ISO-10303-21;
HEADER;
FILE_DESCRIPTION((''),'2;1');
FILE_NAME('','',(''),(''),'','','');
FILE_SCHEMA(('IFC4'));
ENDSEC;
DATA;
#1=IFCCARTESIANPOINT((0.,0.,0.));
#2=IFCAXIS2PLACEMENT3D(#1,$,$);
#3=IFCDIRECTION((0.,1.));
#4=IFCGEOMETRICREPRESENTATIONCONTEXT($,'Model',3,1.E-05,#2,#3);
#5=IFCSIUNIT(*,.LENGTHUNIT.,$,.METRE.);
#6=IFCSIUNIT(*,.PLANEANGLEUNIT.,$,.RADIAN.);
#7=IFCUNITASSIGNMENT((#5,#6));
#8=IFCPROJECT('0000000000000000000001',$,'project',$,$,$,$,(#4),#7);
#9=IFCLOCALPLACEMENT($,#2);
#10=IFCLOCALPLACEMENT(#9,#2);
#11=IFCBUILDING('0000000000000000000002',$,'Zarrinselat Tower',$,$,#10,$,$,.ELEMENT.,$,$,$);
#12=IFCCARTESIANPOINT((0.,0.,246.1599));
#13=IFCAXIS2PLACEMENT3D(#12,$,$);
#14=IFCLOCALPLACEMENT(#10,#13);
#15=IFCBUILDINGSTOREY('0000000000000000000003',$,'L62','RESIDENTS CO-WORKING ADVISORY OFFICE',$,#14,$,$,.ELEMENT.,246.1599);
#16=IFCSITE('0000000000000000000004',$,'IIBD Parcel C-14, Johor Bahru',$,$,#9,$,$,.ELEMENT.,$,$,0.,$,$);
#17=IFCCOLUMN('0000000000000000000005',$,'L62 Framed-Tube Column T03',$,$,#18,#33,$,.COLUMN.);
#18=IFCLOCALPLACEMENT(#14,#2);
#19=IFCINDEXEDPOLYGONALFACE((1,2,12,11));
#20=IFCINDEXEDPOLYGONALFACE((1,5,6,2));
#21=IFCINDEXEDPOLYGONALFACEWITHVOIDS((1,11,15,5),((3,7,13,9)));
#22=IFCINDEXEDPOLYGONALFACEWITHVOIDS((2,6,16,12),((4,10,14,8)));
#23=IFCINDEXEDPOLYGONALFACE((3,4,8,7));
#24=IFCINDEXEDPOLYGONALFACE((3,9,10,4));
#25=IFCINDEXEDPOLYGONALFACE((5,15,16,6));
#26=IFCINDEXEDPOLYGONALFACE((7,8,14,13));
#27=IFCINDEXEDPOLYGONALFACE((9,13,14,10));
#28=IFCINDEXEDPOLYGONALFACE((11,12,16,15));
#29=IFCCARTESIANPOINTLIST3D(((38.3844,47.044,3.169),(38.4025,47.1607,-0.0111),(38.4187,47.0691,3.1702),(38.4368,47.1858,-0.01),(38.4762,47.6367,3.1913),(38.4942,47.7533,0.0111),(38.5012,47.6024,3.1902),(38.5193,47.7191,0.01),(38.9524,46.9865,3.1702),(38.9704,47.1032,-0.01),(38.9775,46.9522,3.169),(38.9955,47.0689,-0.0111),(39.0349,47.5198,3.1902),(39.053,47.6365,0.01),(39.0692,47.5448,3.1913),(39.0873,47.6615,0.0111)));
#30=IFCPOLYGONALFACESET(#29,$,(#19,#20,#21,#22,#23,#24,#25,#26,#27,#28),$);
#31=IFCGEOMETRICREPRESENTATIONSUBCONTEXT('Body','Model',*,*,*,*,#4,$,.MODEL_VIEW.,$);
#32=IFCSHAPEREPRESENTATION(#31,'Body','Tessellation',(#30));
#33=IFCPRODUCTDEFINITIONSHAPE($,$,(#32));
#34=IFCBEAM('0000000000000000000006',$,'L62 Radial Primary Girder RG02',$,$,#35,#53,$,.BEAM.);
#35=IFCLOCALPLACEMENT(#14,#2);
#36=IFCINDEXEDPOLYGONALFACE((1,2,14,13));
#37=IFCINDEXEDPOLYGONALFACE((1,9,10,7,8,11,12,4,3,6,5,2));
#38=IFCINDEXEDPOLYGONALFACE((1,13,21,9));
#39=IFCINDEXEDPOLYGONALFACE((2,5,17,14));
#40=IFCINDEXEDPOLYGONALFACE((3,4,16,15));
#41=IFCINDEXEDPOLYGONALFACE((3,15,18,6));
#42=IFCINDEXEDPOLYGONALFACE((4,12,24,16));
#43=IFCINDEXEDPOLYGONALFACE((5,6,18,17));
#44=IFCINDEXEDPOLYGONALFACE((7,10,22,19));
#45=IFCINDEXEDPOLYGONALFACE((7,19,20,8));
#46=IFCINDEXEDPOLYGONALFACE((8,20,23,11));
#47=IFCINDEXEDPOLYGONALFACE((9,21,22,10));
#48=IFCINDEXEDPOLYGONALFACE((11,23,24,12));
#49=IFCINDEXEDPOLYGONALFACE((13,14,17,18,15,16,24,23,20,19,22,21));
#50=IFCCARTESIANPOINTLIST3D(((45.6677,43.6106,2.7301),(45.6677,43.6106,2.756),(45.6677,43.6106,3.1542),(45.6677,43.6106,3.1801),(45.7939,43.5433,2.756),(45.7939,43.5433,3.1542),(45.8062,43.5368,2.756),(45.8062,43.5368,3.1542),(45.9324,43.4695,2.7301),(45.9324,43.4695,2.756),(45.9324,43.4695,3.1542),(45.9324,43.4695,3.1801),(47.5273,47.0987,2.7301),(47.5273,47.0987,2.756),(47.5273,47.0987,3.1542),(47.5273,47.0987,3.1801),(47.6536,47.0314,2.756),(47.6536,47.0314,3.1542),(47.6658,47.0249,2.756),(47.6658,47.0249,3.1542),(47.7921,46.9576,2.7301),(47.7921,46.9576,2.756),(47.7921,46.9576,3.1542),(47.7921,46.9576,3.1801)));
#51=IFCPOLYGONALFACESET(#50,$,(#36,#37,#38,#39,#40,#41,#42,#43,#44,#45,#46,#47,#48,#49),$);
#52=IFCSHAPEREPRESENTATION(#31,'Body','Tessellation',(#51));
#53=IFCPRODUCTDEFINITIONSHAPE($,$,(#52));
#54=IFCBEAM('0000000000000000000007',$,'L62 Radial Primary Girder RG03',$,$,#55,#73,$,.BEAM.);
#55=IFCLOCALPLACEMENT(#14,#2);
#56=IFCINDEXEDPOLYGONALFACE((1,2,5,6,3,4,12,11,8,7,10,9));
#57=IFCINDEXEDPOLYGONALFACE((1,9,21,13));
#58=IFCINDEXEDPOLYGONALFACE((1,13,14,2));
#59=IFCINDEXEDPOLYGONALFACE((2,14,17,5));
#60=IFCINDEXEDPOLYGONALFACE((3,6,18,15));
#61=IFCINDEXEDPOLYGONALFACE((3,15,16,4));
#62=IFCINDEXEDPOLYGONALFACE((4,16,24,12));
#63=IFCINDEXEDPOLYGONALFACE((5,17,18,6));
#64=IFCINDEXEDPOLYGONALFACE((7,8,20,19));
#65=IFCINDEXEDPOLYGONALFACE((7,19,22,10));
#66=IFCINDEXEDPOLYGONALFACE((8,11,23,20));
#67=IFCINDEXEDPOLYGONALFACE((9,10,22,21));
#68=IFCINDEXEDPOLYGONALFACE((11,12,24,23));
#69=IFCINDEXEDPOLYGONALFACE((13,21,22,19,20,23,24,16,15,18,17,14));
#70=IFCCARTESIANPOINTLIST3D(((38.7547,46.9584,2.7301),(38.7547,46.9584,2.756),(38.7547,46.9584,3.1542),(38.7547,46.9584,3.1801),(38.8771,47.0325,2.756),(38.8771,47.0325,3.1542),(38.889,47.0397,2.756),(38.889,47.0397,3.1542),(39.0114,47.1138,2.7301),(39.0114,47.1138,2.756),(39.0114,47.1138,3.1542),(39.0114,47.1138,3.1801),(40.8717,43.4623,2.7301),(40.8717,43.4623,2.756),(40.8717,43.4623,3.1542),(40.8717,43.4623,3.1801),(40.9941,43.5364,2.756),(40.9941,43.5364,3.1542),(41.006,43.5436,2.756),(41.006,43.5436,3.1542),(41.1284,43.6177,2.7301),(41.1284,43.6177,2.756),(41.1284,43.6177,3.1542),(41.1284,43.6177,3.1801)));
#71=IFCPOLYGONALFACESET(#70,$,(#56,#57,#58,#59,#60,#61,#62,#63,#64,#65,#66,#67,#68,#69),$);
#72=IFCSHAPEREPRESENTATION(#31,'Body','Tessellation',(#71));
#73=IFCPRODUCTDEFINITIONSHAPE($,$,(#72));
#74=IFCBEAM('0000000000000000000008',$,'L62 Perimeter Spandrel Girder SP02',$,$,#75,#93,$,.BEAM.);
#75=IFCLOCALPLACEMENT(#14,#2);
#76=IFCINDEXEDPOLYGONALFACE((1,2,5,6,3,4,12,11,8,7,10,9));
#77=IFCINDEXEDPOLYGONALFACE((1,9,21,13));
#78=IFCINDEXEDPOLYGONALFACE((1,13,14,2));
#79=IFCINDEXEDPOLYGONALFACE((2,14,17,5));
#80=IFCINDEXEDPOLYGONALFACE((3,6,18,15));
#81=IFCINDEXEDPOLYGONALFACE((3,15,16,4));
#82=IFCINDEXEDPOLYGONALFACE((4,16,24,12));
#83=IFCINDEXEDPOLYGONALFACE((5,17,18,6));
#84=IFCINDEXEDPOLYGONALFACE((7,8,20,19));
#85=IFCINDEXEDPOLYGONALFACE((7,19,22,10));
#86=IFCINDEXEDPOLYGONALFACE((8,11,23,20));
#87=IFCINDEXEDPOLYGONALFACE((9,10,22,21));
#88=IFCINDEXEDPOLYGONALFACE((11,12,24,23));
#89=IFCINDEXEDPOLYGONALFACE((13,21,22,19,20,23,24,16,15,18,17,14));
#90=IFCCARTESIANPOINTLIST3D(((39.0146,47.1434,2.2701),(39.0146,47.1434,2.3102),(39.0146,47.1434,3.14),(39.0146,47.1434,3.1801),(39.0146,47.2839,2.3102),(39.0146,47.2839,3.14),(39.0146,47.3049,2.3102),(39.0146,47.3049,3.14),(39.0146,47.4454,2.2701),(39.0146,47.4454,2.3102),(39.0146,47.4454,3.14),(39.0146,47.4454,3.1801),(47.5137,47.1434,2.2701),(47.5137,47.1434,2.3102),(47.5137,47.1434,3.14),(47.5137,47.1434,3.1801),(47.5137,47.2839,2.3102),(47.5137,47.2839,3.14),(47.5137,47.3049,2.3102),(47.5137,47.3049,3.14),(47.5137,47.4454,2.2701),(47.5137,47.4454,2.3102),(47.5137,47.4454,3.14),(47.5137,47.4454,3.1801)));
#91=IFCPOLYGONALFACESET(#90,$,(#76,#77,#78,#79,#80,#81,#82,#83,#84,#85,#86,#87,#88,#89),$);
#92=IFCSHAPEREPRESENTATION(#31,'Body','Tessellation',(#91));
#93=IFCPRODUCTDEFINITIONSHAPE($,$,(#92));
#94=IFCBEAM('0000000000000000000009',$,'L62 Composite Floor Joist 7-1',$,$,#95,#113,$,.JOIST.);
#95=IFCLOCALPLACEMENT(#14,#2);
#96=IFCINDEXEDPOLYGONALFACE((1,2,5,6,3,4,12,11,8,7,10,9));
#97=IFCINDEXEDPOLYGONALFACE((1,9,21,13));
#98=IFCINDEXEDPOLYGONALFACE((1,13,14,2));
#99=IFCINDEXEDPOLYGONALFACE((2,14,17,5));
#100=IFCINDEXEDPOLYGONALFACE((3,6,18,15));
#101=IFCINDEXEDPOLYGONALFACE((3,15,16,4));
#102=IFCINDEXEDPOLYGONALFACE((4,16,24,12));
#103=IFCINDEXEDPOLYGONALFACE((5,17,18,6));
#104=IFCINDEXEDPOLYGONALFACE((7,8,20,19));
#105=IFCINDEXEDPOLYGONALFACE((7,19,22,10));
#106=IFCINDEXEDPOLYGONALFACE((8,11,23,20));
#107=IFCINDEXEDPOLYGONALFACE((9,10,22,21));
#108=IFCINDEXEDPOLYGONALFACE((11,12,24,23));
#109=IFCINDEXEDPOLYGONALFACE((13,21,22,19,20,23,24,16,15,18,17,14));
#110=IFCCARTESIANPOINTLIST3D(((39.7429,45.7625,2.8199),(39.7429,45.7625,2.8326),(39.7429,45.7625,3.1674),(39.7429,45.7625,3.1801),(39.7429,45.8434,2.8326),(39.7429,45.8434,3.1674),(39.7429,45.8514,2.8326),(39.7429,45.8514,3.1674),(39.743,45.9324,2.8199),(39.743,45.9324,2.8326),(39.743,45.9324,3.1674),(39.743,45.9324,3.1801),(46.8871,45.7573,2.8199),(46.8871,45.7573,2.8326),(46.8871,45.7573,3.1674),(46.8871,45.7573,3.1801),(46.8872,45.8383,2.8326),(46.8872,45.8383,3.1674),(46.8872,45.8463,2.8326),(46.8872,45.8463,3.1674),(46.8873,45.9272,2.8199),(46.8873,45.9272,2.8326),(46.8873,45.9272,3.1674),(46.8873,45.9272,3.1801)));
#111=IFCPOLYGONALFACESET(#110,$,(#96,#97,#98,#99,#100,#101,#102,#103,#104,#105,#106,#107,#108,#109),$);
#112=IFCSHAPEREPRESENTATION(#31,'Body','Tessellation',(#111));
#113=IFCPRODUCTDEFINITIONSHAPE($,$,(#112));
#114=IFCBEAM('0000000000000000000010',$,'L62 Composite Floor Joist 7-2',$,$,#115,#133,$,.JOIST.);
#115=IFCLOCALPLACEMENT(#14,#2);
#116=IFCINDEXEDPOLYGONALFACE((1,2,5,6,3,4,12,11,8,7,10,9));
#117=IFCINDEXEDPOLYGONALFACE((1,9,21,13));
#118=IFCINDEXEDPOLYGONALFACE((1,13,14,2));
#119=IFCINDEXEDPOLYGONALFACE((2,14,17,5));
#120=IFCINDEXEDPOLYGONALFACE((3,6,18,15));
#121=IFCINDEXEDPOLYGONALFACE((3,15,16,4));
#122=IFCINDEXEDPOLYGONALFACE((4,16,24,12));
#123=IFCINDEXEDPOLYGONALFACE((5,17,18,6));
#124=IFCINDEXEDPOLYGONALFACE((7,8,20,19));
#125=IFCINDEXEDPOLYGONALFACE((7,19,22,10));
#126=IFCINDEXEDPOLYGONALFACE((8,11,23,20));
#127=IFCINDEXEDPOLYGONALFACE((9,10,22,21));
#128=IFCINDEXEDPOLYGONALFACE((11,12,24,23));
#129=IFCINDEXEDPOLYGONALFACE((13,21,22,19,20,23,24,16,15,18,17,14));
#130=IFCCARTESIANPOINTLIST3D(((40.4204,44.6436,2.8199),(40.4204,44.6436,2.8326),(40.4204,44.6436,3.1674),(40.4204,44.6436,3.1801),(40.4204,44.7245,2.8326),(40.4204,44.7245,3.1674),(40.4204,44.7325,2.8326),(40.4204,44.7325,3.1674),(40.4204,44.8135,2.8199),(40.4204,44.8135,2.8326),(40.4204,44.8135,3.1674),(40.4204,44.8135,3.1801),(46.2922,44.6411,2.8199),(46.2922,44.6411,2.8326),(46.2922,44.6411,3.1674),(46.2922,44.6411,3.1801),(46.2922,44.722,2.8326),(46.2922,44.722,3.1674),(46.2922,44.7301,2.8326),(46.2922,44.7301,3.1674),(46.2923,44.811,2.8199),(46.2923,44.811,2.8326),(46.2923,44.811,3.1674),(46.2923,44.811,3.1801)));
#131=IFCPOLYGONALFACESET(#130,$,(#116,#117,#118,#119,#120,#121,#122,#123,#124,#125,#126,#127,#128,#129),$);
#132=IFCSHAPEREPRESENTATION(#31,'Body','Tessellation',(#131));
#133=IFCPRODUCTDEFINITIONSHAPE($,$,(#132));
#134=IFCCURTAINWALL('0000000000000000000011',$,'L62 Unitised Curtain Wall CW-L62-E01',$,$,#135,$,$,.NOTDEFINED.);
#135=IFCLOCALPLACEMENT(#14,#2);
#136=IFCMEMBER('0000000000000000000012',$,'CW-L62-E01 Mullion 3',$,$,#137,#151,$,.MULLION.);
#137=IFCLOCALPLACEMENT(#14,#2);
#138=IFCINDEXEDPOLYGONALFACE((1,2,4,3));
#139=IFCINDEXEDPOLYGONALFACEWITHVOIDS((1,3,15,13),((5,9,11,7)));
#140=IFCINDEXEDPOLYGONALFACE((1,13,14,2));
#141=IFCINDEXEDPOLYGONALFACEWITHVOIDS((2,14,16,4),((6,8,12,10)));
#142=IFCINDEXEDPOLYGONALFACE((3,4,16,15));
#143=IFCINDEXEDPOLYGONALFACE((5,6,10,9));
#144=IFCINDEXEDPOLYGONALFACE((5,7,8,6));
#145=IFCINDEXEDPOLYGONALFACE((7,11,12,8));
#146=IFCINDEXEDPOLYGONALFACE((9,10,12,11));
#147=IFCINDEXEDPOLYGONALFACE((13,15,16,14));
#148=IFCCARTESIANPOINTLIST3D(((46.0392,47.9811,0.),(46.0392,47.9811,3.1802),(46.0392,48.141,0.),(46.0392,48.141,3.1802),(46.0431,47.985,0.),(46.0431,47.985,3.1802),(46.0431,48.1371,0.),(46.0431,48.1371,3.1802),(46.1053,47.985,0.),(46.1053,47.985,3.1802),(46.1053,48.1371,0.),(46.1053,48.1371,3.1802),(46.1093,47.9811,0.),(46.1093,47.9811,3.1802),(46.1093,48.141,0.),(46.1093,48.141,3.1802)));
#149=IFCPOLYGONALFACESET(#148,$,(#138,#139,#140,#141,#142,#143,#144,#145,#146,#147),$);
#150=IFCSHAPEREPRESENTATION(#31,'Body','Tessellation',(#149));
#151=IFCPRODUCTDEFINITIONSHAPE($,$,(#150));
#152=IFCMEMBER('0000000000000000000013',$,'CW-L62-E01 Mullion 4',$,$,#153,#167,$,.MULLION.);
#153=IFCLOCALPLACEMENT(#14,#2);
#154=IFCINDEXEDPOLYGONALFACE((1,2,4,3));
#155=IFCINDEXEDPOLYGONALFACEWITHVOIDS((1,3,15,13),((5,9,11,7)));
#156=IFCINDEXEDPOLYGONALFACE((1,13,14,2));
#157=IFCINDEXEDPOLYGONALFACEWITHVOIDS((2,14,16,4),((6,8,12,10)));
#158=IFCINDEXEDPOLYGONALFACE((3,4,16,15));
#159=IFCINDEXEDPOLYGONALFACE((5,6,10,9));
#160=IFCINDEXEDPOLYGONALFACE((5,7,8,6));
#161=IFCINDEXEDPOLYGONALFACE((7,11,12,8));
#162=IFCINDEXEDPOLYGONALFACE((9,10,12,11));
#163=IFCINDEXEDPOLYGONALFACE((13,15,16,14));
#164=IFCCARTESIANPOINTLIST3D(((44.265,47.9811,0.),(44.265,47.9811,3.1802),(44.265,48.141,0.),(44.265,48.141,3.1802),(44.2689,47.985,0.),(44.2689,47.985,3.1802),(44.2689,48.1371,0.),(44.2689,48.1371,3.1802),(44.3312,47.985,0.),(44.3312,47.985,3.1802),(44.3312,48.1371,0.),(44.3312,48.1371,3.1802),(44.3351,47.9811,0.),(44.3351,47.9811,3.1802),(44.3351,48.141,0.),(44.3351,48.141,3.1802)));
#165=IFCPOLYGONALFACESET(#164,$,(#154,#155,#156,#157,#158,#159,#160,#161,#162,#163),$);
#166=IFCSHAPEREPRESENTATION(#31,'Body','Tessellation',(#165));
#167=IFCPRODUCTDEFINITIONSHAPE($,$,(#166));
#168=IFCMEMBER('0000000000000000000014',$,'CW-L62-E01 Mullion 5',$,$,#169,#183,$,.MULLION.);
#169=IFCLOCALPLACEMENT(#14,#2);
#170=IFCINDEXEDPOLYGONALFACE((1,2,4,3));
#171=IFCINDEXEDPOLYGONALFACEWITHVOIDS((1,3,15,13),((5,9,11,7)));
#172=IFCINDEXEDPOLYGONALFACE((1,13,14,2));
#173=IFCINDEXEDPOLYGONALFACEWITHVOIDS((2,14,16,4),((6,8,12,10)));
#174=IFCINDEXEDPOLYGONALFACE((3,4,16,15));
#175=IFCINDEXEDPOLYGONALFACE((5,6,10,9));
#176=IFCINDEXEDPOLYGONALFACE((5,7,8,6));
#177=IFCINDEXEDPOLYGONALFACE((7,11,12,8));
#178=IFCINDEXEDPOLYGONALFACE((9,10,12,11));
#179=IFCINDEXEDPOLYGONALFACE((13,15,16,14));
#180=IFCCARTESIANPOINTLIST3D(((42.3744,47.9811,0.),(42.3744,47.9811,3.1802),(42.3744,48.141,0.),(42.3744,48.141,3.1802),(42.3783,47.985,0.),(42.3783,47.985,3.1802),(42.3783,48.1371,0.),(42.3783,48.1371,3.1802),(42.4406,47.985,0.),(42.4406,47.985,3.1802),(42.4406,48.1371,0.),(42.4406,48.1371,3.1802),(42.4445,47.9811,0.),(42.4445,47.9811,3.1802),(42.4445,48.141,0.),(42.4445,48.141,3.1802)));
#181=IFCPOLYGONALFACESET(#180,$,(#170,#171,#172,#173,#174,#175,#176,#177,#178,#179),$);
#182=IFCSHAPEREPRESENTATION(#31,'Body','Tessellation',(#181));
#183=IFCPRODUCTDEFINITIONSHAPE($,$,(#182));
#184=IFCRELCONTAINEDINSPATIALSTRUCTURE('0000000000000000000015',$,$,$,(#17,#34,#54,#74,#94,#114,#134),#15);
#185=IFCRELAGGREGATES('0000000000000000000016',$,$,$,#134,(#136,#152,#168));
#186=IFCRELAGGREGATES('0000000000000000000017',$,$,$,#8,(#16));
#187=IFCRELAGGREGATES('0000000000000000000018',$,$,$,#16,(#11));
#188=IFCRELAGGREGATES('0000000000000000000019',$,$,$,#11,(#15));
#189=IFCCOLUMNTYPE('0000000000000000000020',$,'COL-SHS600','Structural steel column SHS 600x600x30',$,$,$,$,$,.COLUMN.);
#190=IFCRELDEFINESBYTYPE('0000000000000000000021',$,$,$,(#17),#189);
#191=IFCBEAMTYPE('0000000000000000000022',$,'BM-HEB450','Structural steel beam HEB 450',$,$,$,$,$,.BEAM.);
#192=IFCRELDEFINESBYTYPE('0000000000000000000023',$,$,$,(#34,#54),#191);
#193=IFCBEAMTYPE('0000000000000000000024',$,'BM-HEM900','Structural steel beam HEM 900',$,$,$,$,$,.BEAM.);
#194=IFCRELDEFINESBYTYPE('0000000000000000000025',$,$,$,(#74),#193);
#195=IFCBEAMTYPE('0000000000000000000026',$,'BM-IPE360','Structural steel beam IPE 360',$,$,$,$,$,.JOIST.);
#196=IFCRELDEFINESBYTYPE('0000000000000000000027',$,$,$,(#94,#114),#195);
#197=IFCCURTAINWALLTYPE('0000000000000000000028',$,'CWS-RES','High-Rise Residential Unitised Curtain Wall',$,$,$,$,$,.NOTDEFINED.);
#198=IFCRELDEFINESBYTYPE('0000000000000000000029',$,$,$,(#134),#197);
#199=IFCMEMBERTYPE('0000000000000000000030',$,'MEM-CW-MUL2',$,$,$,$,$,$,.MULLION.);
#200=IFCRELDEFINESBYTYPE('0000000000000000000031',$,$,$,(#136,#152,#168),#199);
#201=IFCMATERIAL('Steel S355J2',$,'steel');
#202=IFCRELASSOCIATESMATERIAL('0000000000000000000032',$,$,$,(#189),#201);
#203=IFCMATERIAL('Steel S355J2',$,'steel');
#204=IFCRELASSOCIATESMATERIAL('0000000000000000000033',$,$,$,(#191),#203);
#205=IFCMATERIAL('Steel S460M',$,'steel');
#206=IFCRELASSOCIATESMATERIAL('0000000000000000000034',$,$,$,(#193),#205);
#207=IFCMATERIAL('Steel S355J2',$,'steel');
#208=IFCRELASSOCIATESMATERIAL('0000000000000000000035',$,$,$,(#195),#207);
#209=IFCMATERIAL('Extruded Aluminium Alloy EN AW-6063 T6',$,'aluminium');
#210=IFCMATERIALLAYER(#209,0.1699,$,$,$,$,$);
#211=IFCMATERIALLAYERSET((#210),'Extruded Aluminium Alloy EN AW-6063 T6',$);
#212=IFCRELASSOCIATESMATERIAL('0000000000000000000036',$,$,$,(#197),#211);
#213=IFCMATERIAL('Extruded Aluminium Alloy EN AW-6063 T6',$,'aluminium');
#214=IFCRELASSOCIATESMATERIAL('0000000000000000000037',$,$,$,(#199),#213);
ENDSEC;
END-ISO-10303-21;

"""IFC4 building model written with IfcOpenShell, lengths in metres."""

from ifc_helpers import new_model, si_unit, direction, frame, origin, origin_2d, place, context, subcontext, project, spatial, hollow_rectangle, i_section, extrude, material, layer, layer_set, material_profile, profile_set, type_object, element, aggregate, save


model = new_model("IFC4")

# Units and contexts
model_context = context("Model", 3, precision=1e-05, world=origin(), true_north=direction((0.0, 1.0)))
body_context = subcontext(model_context, "Body", "Model", "MODEL_VIEW")
ifc_project = project(units=[si_unit("LENGTHUNIT", "METRE"), si_unit("PLANEANGLEUNIT", "RADIAN")], contexts=[model_context])

# Site, building, storey
site_placement = place(None, origin())
site = spatial("IfcSite", under=ifc_project, at=site_placement, Name="IIBD Parcel C-14, Johor Bahru", CompositionType="ELEMENT", RefElevation=0.0)
building_placement = place(site_placement, origin())
building = spatial("IfcBuilding", under=site, at=building_placement, Name="Zarrinselat Tower", CompositionType="ELEMENT")
storey_placement = place(building_placement, frame((0.0, 0.0, 246.1599)))
storey = spatial("IfcBuildingStorey", under=building, at=storey_placement, Name="L62", Description="RESIDENTS CO-WORKING ADVISORY OFFICE", CompositionType="ELEMENT", Elevation=246.1599)

# Column
ifc_material_1 = material(Name="Steel S355J2", Category="steel")
ifc_material_profile_1 = material_profile(ifc_material_1, hollow_rectangle(XDim=0.6001, YDim=0.6001, WallThickness=0.03, at=origin_2d()), Name="SHS 600x600x30")
ifc_profile_set_1 = profile_set([ifc_material_profile_1], Name="Steel S355J2")
column_type = type_object("IfcColumnType", Name="COL-SHS600", Description="Structural steel column SHS 600x600x30", PredefinedType="COLUMN", material=ifc_profile_set_1)
column_placement = place(storey_placement, frame((38.7449, 47.4111, 0.0), z_axis=(-0.005677, -0.036671, 0.999311), x_axis=(0.988228, -0.152989, 0.0)))
element("IfcColumn", 1, at=column_placement, inside=storey, type_object=column_type, Name="L62 Framed-Tube Column T03", PredefinedType="COLUMN", context=body_context, shape_type="SweptSolid", body=[
    extrude(hollow_rectangle(XDim=0.6001, YDim=0.6001, WallThickness=0.03, at=origin_2d()), origin(), (0.0, 0.0, 1.0), 3.1824),
])

# Beams
ifc_material_2 = material(Name="Steel S355J2", Category="steel")
ifc_material_profile_2 = material_profile(ifc_material_2, i_section(OverallWidth=0.3, OverallDepth=0.45, WebThickness=0.0139, FlangeThickness=0.0259, at=origin_2d()), Name="HEB 450")
ifc_profile_set_2 = profile_set([ifc_material_profile_2], Name="Steel S355J2")
beam_type_1 = type_object("IfcBeamType", Name="BM-HEB450", Description="Structural steel beam HEB 450", PredefinedType="BEAM", material=ifc_profile_set_2)
beam_1_placement = place(storey_placement, frame((45.8, 43.54, 2.9551), z_axis=(0.470457, 0.882423, 0.0), x_axis=(-0.882423, 0.470457, 0.0)))
element("IfcBeam", 2, at=beam_1_placement, inside=storey, type_object=beam_type_1, Name="L62 Radial Primary Girder RG02", PredefinedType="BEAM", context=body_context, shape_type="SweptSolid", body=[
    extrude(i_section(OverallWidth=0.3, OverallDepth=0.45, WebThickness=0.0139, FlangeThickness=0.0259, at=origin_2d()), origin(), (0.0, 0.0, 1.0), 3.9529),
])
beam_2_placement = place(storey_placement, frame((38.8831, 47.0361, 2.9551), z_axis=(0.517961, -0.855404, 0.0), x_axis=(0.855404, 0.517961, 0.0)))
element("IfcBeam", 3, at=beam_2_placement, inside=storey, type_object=beam_type_1, Name="L62 Radial Primary Girder RG03", PredefinedType="BEAM", context=body_context, shape_type="SweptSolid", body=[
    extrude(i_section(OverallWidth=0.3, OverallDepth=0.45, WebThickness=0.0139, FlangeThickness=0.0259, at=origin_2d()), origin(), (0.0, 0.0, 1.0), 4.0872),
])
ifc_material_3 = material(Name="Steel S460M", Category="steel")
ifc_material_profile_3 = material_profile(ifc_material_3, i_section(OverallWidth=0.302, OverallDepth=0.9099, WebThickness=0.021, FlangeThickness=0.04, at=origin_2d()), Name="HEM 900")
ifc_profile_set_3 = profile_set([ifc_material_profile_3], Name="Steel S460M")
beam_type_2 = type_object("IfcBeamType", Name="BM-HEM900", Description="Structural steel beam HEM 900", PredefinedType="BEAM", material=ifc_profile_set_3)
beam_3_placement = place(storey_placement, frame((39.0146, 47.2944, 2.7251), z_axis=(1.0, 0.0, 0.0), x_axis=(0.0, 1.0, 0.0)))
element("IfcBeam", 4, at=beam_3_placement, inside=storey, type_object=beam_type_2, Name="L62 Perimeter Spandrel Girder SP02", PredefinedType="BEAM", context=body_context, shape_type="SweptSolid", body=[
    extrude(i_section(OverallWidth=0.302, OverallDepth=0.9099, WebThickness=0.021, FlangeThickness=0.04, at=origin_2d()), origin(), (0.0, 0.0, 1.0), 8.499),
])
ifc_material_4 = material(Name="Steel S355J2", Category="steel")
ifc_material_profile_4 = material_profile(ifc_material_4, i_section(OverallWidth=0.1699, OverallDepth=0.3601, WebThickness=0.0081, FlangeThickness=0.0127, at=origin_2d()), Name="IPE 360")
ifc_profile_set_4 = profile_set([ifc_material_profile_4], Name="Steel S355J2")
beam_type_3 = type_object("IfcBeamType", Name="BM-IPE360", Description="Structural steel beam IPE 360", PredefinedType="JOIST", material=ifc_profile_set_4)
beam_4_placement = place(storey_placement, frame((39.7429, 45.8474, 3.0), z_axis=(1.0, -0.000718, 0.0), x_axis=(0.000718, 1.0, 0.0)))
element("IfcBeam", 5, at=beam_4_placement, inside=storey, type_object=beam_type_3, Name="L62 Composite Floor Joist 7-1", PredefinedType="JOIST", context=body_context, shape_type="SweptSolid", body=[
    extrude(i_section(OverallWidth=0.1699, OverallDepth=0.3601, WebThickness=0.0081, FlangeThickness=0.0127, at=origin_2d()), origin(), (0.0, 0.0, 1.0), 7.1443),
])
beam_5_placement = place(storey_placement, frame((40.4204, 44.7285, 3.0), z_axis=(1.0, -0.000416, 0.0), x_axis=(0.000416, 1.0, 0.0)))
element("IfcBeam", 6, at=beam_5_placement, inside=storey, type_object=beam_type_3, Name="L62 Composite Floor Joist 7-2", PredefinedType="JOIST", context=body_context, shape_type="SweptSolid", body=[
    extrude(i_section(OverallWidth=0.1699, OverallDepth=0.3601, WebThickness=0.0081, FlangeThickness=0.0127, at=origin_2d()), origin(), (0.0, 0.0, 1.0), 5.8718),
])

# Curtain wall, members
ifc_material_5 = material(Name="Extruded Aluminium Alloy EN AW-6063 T6", Category="aluminium")
ifc_layer_1 = layer(ifc_material_5, 0.1699)
ifc_layer_set_1 = layer_set([ifc_layer_1], Name="Extruded Aluminium Alloy EN AW-6063 T6")
curtain_wall_type = type_object("IfcCurtainWallType", Name="CWS-RES", Description="High-Rise Residential Unitised Curtain Wall", PredefinedType="NOTDEFINED", material=ifc_layer_set_1)
curtain_wall_placement = place(storey_placement, origin())
curtain_wall = element("IfcCurtainWall", 7, at=curtain_wall_placement, inside=storey, type_object=curtain_wall_type, Name="L62 Unitised Curtain Wall CW-L62-E01", PredefinedType="NOTDEFINED")
ifc_material_6 = material(Name="Extruded Aluminium Alloy EN AW-6063 T6", Category="aluminium")
ifc_material_profile_5 = material_profile(ifc_material_6, hollow_rectangle(XDim=0.0701, YDim=0.1599, WallThickness=0.0039, at=origin_2d()), Name="RHS 160x70x4")
ifc_profile_set_5 = profile_set([ifc_material_profile_5], Name="Extruded Aluminium Alloy EN AW-6063 T6")
member_type_1 = type_object("IfcMemberType", Name="MEM-CW-MUL2", PredefinedType="MULLION", material=ifc_profile_set_5)
member_1_placement = place(storey_placement, frame((46.0742, 48.061, 0.0), z_axis=(0.0, 0.0, 1.0), x_axis=(-1.0, 0.0, 0.0)))
member_1 = element("IfcMember", 8, at=member_1_placement, type_object=member_type_1, Name="CW-L62-E01 Mullion 3", PredefinedType="MULLION", context=body_context, shape_type="SweptSolid", body=[
    extrude(hollow_rectangle(XDim=0.0701, YDim=0.1599, WallThickness=0.0039, at=origin_2d()), origin(), (0.0, 0.0, 1.0), 3.1802),
])
member_2_placement = place(storey_placement, frame((44.3, 48.061, 0.0), z_axis=(0.0, 0.0, 1.0), x_axis=(-1.0, 0.0, 0.0)))
member_2 = element("IfcMember", 9, at=member_2_placement, type_object=member_type_1, Name="CW-L62-E01 Mullion 4", PredefinedType="MULLION", context=body_context, shape_type="SweptSolid", body=[
    extrude(hollow_rectangle(XDim=0.0701, YDim=0.1599, WallThickness=0.0039, at=origin_2d()), origin(), (0.0, 0.0, 1.0), 3.1802),
])
member_3_placement = place(storey_placement, frame((42.4094, 48.061, 0.0), z_axis=(0.0, 0.0, 1.0), x_axis=(-1.0, 0.0, 0.0)))
member_3 = element("IfcMember", 10, at=member_3_placement, type_object=member_type_1, Name="CW-L62-E01 Mullion 5", PredefinedType="MULLION", context=body_context, shape_type="SweptSolid", body=[
    extrude(hollow_rectangle(XDim=0.0701, YDim=0.1599, WallThickness=0.0039, at=origin_2d()), origin(), (0.0, 0.0, 1.0), 3.1802),
])
aggregate(curtain_wall, [member_1, member_2, member_3])

save(model, "model.ifc")
